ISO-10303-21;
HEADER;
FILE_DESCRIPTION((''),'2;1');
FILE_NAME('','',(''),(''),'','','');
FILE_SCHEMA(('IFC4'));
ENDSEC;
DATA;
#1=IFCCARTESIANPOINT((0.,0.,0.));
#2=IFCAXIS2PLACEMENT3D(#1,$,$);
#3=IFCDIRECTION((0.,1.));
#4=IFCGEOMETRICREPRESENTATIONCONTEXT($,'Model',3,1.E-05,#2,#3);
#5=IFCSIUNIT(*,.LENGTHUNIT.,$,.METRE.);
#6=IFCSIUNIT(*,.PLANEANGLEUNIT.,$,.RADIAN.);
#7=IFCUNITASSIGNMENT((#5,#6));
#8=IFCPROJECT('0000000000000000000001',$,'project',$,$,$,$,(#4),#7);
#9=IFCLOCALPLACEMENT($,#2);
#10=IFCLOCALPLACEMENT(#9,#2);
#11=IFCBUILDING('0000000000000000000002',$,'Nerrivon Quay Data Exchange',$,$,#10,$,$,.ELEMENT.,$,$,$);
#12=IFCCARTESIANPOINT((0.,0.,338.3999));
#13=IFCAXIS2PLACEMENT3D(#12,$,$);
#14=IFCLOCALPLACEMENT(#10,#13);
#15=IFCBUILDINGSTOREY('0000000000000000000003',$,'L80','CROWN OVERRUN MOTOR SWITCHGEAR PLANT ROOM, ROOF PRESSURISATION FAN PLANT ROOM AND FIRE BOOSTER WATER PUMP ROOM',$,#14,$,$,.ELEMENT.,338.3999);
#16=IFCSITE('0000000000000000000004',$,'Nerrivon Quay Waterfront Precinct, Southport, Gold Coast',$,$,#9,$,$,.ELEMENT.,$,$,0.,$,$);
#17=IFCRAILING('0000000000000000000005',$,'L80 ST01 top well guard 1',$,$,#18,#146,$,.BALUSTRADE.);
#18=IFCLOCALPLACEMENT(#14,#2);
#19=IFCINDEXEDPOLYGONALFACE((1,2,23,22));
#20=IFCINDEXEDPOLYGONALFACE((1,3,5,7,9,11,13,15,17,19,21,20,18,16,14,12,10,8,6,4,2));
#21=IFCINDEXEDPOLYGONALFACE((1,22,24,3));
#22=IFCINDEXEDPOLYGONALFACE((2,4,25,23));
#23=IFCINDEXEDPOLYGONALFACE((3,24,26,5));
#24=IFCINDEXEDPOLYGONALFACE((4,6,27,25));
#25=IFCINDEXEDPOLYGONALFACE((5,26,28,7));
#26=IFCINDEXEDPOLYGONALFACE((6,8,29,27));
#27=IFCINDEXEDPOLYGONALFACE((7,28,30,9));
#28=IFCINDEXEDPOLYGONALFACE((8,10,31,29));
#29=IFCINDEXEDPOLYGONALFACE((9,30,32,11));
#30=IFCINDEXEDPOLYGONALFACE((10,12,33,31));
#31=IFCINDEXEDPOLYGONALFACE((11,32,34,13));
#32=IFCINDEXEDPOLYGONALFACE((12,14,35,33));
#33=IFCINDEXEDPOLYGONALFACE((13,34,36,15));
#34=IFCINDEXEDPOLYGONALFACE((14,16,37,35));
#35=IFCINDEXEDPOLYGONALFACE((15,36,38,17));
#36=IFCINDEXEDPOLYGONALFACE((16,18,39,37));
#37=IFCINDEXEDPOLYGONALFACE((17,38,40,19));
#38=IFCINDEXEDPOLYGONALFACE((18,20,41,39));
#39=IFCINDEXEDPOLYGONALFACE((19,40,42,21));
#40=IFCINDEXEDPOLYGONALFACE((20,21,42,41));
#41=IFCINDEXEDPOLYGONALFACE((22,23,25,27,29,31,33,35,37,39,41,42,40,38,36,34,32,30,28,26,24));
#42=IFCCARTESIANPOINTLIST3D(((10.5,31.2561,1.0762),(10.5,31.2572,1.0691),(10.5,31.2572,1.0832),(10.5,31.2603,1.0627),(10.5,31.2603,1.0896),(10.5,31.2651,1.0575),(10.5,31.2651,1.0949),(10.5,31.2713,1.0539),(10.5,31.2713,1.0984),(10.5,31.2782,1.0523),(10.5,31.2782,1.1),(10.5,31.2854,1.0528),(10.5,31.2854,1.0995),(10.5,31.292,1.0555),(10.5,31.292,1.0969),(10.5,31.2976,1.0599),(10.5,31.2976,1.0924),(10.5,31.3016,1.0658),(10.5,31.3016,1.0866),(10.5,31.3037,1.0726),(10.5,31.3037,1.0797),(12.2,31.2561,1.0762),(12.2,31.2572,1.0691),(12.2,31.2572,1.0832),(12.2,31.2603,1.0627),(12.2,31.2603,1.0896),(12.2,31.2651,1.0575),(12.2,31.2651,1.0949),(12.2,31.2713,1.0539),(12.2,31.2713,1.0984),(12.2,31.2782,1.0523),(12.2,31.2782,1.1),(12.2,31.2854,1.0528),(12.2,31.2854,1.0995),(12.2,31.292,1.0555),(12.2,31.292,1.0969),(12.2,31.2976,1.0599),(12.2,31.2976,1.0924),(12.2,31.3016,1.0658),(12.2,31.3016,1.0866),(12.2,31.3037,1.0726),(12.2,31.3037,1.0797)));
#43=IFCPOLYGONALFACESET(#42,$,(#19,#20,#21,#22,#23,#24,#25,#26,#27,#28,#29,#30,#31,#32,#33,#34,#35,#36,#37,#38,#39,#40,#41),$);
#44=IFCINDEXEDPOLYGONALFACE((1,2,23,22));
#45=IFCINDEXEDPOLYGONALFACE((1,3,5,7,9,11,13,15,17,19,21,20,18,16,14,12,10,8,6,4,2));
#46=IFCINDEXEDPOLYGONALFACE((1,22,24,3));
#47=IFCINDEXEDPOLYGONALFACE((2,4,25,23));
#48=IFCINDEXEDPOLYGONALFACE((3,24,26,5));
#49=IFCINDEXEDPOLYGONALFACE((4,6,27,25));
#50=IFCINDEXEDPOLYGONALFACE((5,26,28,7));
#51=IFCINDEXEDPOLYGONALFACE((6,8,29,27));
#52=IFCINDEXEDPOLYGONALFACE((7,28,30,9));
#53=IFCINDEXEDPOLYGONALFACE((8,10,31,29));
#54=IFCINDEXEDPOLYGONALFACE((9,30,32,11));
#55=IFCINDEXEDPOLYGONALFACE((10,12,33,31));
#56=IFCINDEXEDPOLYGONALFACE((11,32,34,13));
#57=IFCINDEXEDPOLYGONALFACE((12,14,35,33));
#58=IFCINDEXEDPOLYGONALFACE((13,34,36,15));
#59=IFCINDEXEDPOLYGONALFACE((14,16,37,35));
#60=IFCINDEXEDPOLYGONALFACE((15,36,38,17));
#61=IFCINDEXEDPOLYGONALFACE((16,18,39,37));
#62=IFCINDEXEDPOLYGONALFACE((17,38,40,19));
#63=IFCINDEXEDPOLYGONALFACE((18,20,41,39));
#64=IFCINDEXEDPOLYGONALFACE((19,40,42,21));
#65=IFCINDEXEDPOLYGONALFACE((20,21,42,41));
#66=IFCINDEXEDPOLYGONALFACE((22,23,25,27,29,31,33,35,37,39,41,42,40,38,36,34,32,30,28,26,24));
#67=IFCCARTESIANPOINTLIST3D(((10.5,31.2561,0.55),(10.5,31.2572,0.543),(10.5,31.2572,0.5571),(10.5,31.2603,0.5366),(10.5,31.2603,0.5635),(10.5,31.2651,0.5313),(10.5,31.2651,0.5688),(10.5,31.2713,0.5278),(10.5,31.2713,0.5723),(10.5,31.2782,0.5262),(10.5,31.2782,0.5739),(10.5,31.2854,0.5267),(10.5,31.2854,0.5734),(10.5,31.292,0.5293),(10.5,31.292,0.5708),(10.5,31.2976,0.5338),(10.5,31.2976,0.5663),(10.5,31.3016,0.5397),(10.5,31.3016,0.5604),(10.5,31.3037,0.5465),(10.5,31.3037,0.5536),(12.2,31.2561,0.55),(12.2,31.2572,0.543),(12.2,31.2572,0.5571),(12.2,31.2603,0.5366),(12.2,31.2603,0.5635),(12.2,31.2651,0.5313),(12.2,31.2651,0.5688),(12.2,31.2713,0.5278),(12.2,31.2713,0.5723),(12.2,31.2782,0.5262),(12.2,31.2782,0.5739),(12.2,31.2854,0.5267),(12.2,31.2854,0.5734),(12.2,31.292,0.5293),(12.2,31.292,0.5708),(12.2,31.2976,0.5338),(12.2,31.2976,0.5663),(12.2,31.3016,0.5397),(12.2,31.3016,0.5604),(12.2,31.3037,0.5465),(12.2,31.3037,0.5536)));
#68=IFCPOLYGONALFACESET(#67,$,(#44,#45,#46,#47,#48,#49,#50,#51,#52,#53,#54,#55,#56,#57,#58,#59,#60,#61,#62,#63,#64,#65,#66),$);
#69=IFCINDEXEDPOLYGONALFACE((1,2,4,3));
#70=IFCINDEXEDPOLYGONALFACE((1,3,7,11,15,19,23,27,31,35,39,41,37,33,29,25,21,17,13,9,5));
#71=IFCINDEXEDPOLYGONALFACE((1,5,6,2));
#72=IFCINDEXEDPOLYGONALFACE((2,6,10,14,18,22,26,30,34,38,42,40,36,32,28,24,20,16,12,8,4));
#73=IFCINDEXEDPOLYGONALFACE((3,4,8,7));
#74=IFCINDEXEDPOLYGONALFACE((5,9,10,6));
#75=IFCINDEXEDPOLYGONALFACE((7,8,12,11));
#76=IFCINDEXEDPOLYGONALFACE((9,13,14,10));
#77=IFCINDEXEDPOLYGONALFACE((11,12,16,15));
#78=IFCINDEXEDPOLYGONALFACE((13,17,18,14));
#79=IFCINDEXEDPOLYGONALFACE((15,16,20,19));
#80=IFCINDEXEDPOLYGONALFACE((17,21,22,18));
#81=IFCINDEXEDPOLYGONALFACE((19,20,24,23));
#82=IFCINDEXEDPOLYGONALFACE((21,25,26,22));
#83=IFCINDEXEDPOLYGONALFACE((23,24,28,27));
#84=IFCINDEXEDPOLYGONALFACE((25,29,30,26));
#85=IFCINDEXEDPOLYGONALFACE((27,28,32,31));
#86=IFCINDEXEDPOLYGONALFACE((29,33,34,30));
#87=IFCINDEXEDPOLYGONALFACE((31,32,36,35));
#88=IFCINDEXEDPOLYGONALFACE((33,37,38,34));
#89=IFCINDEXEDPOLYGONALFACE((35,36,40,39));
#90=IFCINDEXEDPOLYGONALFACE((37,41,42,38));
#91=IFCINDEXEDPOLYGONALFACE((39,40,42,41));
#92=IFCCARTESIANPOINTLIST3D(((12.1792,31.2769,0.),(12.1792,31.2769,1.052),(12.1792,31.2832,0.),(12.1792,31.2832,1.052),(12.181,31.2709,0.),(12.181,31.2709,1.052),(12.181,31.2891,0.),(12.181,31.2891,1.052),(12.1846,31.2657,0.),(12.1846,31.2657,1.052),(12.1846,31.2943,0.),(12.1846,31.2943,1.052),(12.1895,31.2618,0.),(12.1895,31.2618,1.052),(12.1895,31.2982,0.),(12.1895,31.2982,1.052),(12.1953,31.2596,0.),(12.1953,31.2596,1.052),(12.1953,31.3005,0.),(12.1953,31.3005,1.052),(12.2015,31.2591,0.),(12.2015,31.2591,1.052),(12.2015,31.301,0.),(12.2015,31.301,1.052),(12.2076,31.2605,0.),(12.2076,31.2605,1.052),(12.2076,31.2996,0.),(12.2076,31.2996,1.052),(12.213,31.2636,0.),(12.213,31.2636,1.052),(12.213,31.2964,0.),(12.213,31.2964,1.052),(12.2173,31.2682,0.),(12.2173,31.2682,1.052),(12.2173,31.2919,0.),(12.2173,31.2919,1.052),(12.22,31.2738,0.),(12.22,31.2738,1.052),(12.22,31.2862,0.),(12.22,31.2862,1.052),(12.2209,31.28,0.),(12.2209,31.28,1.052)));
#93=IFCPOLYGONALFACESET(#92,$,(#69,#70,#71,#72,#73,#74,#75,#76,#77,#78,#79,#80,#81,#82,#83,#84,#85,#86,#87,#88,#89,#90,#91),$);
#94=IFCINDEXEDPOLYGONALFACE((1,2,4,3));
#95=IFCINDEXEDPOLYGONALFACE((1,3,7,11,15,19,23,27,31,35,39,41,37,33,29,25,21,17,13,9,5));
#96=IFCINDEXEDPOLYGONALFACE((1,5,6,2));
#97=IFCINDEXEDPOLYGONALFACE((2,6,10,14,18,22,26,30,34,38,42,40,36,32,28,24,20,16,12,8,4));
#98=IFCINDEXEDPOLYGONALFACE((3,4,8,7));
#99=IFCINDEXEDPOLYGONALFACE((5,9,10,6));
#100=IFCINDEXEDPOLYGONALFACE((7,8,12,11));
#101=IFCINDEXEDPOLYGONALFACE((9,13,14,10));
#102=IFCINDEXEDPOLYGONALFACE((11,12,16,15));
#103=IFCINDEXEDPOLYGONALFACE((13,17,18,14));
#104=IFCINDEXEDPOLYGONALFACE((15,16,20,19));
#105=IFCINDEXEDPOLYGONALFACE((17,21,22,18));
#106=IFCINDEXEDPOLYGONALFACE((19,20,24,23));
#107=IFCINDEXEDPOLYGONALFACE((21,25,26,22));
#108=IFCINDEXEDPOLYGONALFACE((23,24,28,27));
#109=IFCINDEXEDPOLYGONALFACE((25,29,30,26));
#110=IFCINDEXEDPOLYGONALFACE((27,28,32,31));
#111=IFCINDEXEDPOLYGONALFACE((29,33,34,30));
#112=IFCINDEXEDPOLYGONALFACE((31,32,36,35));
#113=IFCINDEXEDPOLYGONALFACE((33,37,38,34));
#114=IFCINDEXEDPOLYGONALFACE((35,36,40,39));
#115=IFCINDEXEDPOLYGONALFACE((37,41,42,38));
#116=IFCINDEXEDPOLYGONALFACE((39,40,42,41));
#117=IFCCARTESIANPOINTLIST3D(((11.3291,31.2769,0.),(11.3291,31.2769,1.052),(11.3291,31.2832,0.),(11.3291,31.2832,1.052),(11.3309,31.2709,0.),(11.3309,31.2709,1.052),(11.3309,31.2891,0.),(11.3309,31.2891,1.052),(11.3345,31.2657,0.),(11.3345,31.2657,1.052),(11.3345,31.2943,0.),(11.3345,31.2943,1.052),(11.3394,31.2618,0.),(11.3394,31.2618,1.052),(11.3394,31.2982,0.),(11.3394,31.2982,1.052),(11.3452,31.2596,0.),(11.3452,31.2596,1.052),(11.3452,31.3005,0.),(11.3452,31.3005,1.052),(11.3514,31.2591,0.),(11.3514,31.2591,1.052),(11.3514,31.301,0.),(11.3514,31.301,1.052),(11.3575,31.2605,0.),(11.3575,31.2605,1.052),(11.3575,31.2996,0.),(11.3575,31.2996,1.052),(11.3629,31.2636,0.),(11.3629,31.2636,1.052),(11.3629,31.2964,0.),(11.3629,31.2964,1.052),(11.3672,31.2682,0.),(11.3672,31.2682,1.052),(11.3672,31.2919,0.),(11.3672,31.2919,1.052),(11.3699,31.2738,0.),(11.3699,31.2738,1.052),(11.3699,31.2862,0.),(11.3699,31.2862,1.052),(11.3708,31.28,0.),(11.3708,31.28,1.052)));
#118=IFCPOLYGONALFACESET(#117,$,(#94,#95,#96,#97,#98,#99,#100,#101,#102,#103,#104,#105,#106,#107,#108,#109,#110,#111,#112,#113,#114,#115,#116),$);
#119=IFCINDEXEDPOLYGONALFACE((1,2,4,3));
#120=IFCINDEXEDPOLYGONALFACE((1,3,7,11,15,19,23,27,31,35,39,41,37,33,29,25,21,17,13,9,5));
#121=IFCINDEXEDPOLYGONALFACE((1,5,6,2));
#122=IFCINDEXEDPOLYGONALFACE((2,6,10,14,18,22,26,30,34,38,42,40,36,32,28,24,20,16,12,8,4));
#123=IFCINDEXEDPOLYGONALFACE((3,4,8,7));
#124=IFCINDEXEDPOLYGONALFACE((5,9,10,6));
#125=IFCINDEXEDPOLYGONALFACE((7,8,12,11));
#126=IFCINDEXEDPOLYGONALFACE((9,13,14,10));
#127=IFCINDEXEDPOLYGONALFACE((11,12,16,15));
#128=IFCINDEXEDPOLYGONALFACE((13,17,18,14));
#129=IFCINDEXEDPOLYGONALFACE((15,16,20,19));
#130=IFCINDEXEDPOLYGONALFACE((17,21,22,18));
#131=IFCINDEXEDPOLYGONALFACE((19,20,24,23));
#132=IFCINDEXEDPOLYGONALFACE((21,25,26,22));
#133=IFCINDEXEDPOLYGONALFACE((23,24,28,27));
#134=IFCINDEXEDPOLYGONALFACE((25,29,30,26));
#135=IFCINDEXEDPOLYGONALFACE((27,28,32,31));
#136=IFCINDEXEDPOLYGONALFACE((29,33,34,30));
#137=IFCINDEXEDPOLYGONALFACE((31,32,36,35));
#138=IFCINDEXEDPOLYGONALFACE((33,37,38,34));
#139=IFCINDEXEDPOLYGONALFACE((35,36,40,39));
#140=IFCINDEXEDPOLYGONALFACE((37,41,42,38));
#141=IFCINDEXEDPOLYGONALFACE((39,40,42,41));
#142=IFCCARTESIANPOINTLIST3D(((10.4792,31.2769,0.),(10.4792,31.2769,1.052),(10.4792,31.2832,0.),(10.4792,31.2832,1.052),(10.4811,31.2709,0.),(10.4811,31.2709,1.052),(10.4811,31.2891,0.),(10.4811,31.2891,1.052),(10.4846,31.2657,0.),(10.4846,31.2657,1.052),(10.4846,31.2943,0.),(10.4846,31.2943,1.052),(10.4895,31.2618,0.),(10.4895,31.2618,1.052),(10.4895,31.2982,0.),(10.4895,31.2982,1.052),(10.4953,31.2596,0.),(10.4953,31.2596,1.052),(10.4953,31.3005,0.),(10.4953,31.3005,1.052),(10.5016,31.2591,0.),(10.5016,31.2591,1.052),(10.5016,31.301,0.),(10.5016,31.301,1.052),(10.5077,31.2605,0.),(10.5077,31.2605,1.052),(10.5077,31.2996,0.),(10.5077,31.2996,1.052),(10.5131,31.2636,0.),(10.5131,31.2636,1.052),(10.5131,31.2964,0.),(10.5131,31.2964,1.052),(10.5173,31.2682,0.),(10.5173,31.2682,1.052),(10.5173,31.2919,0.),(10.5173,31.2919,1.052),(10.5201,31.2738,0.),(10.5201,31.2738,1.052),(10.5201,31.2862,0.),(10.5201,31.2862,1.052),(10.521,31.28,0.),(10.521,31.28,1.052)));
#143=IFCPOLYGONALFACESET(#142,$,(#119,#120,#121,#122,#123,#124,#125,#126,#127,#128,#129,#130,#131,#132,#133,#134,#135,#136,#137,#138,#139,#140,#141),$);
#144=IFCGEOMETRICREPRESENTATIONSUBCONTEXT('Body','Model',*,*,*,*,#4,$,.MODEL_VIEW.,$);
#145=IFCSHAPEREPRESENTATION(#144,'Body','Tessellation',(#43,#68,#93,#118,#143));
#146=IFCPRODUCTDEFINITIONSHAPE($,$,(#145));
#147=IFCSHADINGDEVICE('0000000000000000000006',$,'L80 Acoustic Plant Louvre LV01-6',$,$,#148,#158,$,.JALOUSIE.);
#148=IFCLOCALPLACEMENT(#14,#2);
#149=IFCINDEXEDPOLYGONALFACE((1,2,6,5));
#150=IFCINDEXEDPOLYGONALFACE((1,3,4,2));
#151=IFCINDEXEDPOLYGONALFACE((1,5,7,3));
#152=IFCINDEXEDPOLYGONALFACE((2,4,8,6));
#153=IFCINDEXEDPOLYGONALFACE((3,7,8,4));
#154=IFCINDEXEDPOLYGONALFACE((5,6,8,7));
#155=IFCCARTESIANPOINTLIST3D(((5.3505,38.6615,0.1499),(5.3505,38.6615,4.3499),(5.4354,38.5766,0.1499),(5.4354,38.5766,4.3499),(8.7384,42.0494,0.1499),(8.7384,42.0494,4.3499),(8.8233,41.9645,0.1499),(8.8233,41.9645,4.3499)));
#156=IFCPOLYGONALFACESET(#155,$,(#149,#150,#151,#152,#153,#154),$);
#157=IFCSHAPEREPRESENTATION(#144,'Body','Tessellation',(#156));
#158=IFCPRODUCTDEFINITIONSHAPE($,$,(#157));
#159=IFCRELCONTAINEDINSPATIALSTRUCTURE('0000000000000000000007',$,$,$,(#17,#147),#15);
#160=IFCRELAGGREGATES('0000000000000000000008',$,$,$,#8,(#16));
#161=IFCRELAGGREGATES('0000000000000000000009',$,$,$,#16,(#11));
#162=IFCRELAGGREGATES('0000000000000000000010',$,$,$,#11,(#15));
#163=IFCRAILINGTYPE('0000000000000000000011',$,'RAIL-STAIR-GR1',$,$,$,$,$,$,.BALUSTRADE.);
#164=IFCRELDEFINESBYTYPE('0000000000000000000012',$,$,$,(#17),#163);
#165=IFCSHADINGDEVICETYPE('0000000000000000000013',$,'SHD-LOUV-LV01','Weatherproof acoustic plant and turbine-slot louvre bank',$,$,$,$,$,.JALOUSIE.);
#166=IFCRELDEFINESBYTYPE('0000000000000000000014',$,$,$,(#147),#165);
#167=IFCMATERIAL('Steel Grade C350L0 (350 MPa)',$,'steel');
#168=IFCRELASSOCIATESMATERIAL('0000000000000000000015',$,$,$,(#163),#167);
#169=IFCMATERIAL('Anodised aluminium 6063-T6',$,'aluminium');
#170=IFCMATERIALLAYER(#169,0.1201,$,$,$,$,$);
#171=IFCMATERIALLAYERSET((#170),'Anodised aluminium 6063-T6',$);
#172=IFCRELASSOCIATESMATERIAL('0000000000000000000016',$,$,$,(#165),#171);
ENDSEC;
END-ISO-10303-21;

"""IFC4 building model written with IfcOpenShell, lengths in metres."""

from ifc_helpers import new_model, si_unit, direction, frame, origin, origin_2d, place, context, subcontext, project, spatial, rectangle, circle, extrude, material, layer, layer_set, type_object, element, save


model = new_model("IFC4")

# Units and contexts
model_context = context("Model", 3, precision=1e-05, world=origin(), true_north=direction((0.0, 1.0)))
body_context = subcontext(model_context, "Body", "Model", "MODEL_VIEW")
ifc_project = project(units=[si_unit("LENGTHUNIT", "METRE"), si_unit("PLANEANGLEUNIT", "RADIAN")], contexts=[model_context])

# Site, building, storey
site_placement = place(None, origin())
site = spatial("IfcSite", under=ifc_project, at=site_placement, Name="Nerrivon Quay Waterfront Precinct, Southport, Gold Coast", CompositionType="ELEMENT", RefElevation=0.0)
building_placement = place(site_placement, origin())
building = spatial("IfcBuilding", under=site, at=building_placement, Name="Nerrivon Quay Data Exchange", CompositionType="ELEMENT")
storey_placement = place(building_placement, frame((0.0, 0.0, 338.3999)))
storey = spatial("IfcBuildingStorey", under=building, at=storey_placement, Name="L80", Description="CROWN OVERRUN MOTOR SWITCHGEAR PLANT ROOM, ROOF PRESSURISATION FAN PLANT ROOM AND FIRE BOOSTER WATER PUMP ROOM", CompositionType="ELEMENT", Elevation=338.3999)

# Railing
ifc_material_1 = material(Name="Steel Grade C350L0 (350 MPa)", Category="steel")
railing_type = type_object("IfcRailingType", Name="RAIL-STAIR-GR1", PredefinedType="BALUSTRADE", material=ifc_material_1)
railing_placement = place(storey_placement, frame((12.2, 31.28, 0.0)))
element("IfcRailing", 1, at=railing_placement, inside=storey, type_object=railing_type, Name="L80 ST01 top well guard 1", PredefinedType="BALUSTRADE", context=body_context, shape_type="SweptSolid", body=[
    extrude(circle(Radius=0.0239, at=origin_2d()), frame((0.0, 0.0, 1.0762), z_axis=(-1.0, 0.0, 0.0), x_axis=(0.0, -1.0, 0.0)), (0.0, 0.0, 1.0), 1.7),
    extrude(circle(Radius=0.0239, at=origin_2d()), frame((0.0, 0.0, 0.55), z_axis=(-1.0, 0.0, 0.0), x_axis=(0.0, -1.0, 0.0)), (0.0, 0.0, 1.0), 1.7),
    extrude(circle(Radius=0.021, at=origin_2d()), origin(), (0.0, 0.0, 1.0), 1.052),
    extrude(circle(Radius=0.021, at=origin_2d()), frame((-0.8501, 0.0, 0.0)), (0.0, 0.0, 1.0), 1.052),
    extrude(circle(Radius=0.021, at=origin_2d()), frame((-1.7, 0.0, 0.0)), (0.0, 0.0, 1.0), 1.052),
])

# Shading device
ifc_material_2 = material(Name="Anodised aluminium 6063-T6", Category="aluminium")
ifc_layer_1 = layer(ifc_material_2, 0.1201)
ifc_layer_set_1 = layer_set([ifc_layer_1], Name="Anodised aluminium 6063-T6")
shading_device_type = type_object("IfcShadingDeviceType", Name="SHD-LOUV-LV01", Description="Weatherproof acoustic plant and turbine-slot louvre bank", PredefinedType="JALOUSIE", material=ifc_layer_set_1)
shading_device_placement = place(storey_placement, frame((7.0869, 40.313, 0.1499), z_axis=(0.0, 0.0, 1.0), x_axis=(0.707107, 0.707107, 0.0)))
element("IfcShadingDevice", 2, at=shading_device_placement, inside=storey, type_object=shading_device_type, Name="L80 Acoustic Plant Louvre LV01-6", PredefinedType="JALOUSIE", context=body_context, shape_type="SweptSolid", body=[
    extrude(rectangle(XDim=4.7913, YDim=0.1201, at=origin_2d()), origin(), (0.0, 0.0, 1.0), 4.2),
])

save(model, "model.ifc")
